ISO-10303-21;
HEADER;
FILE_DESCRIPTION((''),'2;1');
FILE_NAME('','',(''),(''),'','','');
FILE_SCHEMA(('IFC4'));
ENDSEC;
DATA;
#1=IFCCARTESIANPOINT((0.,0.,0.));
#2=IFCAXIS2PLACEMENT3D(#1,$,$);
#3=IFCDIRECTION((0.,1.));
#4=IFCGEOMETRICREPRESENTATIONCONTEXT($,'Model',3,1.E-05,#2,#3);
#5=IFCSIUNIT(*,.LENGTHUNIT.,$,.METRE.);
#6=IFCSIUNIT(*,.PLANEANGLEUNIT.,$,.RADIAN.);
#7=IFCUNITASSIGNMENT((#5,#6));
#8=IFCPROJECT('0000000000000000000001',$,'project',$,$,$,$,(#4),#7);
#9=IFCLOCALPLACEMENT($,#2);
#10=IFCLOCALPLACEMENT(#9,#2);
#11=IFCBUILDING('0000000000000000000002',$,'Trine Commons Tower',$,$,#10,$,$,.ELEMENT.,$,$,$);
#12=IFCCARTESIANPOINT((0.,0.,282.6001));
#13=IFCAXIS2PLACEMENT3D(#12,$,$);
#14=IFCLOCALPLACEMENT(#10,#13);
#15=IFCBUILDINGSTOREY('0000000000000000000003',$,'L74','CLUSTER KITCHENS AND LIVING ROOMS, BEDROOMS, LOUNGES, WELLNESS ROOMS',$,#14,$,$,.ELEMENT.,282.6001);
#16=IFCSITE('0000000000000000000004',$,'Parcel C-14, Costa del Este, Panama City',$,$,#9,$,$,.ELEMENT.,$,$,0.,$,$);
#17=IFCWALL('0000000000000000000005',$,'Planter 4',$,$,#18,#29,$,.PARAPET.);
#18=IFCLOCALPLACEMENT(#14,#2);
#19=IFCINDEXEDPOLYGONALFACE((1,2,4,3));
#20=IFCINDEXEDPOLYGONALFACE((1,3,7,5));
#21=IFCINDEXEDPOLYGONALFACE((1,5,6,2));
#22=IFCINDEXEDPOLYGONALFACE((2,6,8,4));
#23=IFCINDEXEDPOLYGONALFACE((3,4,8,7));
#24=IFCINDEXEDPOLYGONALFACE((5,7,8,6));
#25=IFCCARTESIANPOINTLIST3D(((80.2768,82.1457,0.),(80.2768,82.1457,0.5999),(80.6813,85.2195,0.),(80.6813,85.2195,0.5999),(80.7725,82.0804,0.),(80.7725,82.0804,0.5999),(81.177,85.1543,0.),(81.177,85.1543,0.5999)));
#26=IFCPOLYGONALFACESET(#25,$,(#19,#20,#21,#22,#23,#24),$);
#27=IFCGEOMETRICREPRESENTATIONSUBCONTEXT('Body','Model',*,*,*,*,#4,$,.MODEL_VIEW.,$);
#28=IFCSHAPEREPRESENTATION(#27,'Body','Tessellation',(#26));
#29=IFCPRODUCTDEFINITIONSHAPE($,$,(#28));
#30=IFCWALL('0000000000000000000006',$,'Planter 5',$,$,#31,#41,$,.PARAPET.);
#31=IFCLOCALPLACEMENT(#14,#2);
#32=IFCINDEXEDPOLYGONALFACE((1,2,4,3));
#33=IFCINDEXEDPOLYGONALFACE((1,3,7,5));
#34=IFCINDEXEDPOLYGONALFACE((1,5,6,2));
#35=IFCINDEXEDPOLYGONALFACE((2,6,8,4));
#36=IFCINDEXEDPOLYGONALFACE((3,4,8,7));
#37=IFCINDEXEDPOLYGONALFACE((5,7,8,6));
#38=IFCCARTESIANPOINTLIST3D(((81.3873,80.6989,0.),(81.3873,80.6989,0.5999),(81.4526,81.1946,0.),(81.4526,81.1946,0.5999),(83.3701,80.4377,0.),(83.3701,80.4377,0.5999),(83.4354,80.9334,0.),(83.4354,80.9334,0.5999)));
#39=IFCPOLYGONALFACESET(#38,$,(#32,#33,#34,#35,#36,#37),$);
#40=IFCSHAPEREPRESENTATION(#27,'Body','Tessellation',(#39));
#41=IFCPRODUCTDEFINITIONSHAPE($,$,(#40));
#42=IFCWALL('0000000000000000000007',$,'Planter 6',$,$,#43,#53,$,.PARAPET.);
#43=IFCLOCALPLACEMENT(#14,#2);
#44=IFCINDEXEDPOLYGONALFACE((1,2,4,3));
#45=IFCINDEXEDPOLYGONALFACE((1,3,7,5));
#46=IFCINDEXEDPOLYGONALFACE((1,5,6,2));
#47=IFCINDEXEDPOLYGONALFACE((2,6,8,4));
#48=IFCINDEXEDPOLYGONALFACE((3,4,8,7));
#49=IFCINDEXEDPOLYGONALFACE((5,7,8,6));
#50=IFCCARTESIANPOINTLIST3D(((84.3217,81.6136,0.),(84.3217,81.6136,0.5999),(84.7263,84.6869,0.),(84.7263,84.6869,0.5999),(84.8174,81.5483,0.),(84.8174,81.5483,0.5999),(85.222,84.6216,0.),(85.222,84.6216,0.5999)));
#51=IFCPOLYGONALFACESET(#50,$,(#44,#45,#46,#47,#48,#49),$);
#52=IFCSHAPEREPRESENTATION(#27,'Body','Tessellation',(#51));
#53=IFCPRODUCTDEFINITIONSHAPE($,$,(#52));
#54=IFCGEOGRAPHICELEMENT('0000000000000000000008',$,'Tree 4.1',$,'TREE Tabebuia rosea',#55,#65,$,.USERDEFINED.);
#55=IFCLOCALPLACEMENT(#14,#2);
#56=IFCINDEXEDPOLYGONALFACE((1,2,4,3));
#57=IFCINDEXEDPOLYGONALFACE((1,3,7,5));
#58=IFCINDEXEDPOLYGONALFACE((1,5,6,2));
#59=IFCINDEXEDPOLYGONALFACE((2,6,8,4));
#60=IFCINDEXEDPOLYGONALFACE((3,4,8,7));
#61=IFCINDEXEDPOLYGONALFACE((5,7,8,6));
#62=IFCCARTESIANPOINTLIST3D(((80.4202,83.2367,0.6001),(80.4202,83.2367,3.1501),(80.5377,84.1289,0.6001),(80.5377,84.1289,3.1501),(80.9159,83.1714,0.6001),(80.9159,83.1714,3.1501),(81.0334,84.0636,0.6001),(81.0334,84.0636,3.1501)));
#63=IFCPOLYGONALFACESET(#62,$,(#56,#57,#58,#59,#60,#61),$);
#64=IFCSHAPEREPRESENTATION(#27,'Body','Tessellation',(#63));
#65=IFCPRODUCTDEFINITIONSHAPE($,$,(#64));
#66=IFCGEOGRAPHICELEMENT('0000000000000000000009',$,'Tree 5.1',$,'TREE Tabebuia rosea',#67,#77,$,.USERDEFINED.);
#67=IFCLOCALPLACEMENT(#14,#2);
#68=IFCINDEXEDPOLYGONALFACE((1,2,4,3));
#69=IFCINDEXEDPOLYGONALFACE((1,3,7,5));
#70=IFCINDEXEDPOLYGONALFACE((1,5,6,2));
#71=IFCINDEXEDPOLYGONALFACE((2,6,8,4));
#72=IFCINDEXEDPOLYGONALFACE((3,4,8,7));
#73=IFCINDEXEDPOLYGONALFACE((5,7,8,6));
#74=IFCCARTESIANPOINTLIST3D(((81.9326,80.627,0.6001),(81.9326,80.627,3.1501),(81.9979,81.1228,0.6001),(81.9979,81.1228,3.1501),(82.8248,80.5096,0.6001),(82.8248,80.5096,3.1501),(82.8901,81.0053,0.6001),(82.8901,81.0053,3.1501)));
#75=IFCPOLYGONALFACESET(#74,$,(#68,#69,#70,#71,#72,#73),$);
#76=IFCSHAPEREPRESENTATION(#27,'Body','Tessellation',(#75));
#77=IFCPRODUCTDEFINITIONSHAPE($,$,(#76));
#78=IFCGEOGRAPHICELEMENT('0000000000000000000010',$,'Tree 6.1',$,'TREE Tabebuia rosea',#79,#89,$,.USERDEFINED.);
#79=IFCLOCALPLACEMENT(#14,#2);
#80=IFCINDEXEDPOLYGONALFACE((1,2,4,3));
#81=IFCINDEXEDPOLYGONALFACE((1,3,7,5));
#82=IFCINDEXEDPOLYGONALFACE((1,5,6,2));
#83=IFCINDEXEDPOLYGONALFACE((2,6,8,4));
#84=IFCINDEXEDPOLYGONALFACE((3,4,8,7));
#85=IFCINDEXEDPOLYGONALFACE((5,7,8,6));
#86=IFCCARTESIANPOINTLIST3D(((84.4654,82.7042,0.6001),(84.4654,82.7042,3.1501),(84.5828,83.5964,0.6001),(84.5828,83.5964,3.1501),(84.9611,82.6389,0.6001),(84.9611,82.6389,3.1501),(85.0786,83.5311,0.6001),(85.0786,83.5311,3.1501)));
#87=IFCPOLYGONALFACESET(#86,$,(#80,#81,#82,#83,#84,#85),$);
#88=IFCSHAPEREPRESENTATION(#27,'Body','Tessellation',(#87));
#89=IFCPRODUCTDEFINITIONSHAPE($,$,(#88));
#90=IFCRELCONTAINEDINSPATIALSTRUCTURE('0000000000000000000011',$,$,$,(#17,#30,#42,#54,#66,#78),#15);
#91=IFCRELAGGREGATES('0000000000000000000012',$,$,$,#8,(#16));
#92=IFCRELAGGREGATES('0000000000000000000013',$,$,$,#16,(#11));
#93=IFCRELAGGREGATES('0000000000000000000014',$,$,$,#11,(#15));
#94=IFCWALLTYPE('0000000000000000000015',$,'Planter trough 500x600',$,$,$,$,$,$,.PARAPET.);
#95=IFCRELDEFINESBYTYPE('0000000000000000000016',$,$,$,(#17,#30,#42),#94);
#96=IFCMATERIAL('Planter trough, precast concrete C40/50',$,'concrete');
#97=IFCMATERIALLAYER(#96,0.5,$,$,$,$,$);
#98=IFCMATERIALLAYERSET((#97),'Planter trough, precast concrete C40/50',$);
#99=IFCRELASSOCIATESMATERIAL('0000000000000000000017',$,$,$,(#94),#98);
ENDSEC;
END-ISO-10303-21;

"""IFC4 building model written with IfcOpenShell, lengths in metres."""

from ifc_helpers import new_model, si_unit, direction, frame, frame_2d, origin, origin_2d, place, context, subcontext, project, spatial, rectangle, extrude, material, layer, layer_set, type_object, element, save


model = new_model("IFC4")

# Units and contexts
model_context = context("Model", 3, precision=1e-05, world=origin(), true_north=direction((0.0, 1.0)))
body_context = subcontext(model_context, "Body", "Model", "MODEL_VIEW")
ifc_project = project(units=[si_unit("LENGTHUNIT", "METRE"), si_unit("PLANEANGLEUNIT", "RADIAN")], contexts=[model_context])

# Site, building, storey
site_placement = place(None, origin())
site = spatial("IfcSite", under=ifc_project, at=site_placement, Name="Parcel C-14, Costa del Este, Panama City", CompositionType="ELEMENT", RefElevation=0.0)
building_placement = place(site_placement, origin())
building = spatial("IfcBuilding", under=site, at=building_placement, Name="Trine Commons Tower", CompositionType="ELEMENT")
storey_placement = place(building_placement, frame((0.0, 0.0, 282.6001)))
storey = spatial("IfcBuildingStorey", under=building, at=storey_placement, Name="L74", Description="CLUSTER KITCHENS AND LIVING ROOMS, BEDROOMS, LOUNGES, WELLNESS ROOMS", CompositionType="ELEMENT", Elevation=282.6001)

# Walls
ifc_material_1 = material(Name="Planter trough, precast concrete C40/50", Category="concrete")
ifc_layer_1 = layer(ifc_material_1, 0.5)
ifc_layer_set_1 = layer_set([ifc_layer_1], Name="Planter trough, precast concrete C40/50")
wall_type_1 = type_object("IfcWallType", Name="Planter trough 500x600", PredefinedType="PARAPET", material=ifc_layer_set_1)
wall_1_placement = place(storey_placement, frame((80.9292, 85.187, 0.0), z_axis=(0.0, 0.0, 1.0), x_axis=(-0.130487, -0.99145, 0.0)))
element("IfcWall", 1, at=wall_1_placement, inside=storey, type_object=wall_type_1, Name="Planter 4", PredefinedType="PARAPET", context=body_context, shape_type="SweptSolid", body=[
    extrude(rectangle(XDim=3.1003, YDim=0.5, at=frame_2d((1.5503, 0.0))), origin(), (0.0, 0.0, 1.0), 0.5999),
])
wall_2_placement = place(storey_placement, frame((81.4199, 80.9468, 0.0), z_axis=(0.0, 0.0, 1.0), x_axis=(0.991434, -0.130612, 0.0)))
element("IfcWall", 2, at=wall_2_placement, inside=storey, type_object=wall_type_1, Name="Planter 5", PredefinedType="PARAPET", context=body_context, shape_type="SweptSolid", body=[
    extrude(rectangle(XDim=2.0, YDim=0.5, at=frame_2d((1.0, 0.0))), origin(), (0.0, 0.0, 1.0), 0.5999),
])
wall_3_placement = place(storey_placement, frame((84.5696, 81.5811, 0.0), z_axis=(0.0, 0.0, 1.0), x_axis=(0.130507, 0.991447, 0.0)))
element("IfcWall", 3, at=wall_3_placement, inside=storey, type_object=wall_type_1, Name="Planter 6", PredefinedType="PARAPET", context=body_context, shape_type="SweptSolid", body=[
    extrude(rectangle(XDim=3.0999, YDim=0.5, at=frame_2d((1.5498, 0.0))), origin(), (0.0, 0.0, 1.0), 0.5999),
])

# Geographic elements
for number, where, z_axis, x_axis, name in (
    (4, (80.7268, 83.6501, 0.6001), (0.0, 0.0, 1.0), (-0.130514, -0.991446, 0.0), "Tree 4.1"),
    (5, (82.4114, 80.8162, 0.6001), (0.0, 0.0, 1.0), (0.991443, -0.130543, 0.0), "Tree 5.1"),
    (6, (84.772, 83.1177, 0.6001), (0.0, 0.0, 1.0), (0.130518, 0.991446, 0.0), "Tree 6.1"),
):
    element("IfcGeographicElement", number, at=place(storey_placement, frame(where, z_axis=z_axis, x_axis=x_axis)), inside=storey, Name=name, ObjectType="TREE Tabebuia rosea", PredefinedType="USERDEFINED", context=body_context, shape_type="SweptSolid", body=[
        extrude(rectangle(XDim=0.8999, YDim=0.5, at=origin_2d()), origin(), (0.0, 0.0, 1.0), 2.55),
    ])

save(model, "model.ifc")
